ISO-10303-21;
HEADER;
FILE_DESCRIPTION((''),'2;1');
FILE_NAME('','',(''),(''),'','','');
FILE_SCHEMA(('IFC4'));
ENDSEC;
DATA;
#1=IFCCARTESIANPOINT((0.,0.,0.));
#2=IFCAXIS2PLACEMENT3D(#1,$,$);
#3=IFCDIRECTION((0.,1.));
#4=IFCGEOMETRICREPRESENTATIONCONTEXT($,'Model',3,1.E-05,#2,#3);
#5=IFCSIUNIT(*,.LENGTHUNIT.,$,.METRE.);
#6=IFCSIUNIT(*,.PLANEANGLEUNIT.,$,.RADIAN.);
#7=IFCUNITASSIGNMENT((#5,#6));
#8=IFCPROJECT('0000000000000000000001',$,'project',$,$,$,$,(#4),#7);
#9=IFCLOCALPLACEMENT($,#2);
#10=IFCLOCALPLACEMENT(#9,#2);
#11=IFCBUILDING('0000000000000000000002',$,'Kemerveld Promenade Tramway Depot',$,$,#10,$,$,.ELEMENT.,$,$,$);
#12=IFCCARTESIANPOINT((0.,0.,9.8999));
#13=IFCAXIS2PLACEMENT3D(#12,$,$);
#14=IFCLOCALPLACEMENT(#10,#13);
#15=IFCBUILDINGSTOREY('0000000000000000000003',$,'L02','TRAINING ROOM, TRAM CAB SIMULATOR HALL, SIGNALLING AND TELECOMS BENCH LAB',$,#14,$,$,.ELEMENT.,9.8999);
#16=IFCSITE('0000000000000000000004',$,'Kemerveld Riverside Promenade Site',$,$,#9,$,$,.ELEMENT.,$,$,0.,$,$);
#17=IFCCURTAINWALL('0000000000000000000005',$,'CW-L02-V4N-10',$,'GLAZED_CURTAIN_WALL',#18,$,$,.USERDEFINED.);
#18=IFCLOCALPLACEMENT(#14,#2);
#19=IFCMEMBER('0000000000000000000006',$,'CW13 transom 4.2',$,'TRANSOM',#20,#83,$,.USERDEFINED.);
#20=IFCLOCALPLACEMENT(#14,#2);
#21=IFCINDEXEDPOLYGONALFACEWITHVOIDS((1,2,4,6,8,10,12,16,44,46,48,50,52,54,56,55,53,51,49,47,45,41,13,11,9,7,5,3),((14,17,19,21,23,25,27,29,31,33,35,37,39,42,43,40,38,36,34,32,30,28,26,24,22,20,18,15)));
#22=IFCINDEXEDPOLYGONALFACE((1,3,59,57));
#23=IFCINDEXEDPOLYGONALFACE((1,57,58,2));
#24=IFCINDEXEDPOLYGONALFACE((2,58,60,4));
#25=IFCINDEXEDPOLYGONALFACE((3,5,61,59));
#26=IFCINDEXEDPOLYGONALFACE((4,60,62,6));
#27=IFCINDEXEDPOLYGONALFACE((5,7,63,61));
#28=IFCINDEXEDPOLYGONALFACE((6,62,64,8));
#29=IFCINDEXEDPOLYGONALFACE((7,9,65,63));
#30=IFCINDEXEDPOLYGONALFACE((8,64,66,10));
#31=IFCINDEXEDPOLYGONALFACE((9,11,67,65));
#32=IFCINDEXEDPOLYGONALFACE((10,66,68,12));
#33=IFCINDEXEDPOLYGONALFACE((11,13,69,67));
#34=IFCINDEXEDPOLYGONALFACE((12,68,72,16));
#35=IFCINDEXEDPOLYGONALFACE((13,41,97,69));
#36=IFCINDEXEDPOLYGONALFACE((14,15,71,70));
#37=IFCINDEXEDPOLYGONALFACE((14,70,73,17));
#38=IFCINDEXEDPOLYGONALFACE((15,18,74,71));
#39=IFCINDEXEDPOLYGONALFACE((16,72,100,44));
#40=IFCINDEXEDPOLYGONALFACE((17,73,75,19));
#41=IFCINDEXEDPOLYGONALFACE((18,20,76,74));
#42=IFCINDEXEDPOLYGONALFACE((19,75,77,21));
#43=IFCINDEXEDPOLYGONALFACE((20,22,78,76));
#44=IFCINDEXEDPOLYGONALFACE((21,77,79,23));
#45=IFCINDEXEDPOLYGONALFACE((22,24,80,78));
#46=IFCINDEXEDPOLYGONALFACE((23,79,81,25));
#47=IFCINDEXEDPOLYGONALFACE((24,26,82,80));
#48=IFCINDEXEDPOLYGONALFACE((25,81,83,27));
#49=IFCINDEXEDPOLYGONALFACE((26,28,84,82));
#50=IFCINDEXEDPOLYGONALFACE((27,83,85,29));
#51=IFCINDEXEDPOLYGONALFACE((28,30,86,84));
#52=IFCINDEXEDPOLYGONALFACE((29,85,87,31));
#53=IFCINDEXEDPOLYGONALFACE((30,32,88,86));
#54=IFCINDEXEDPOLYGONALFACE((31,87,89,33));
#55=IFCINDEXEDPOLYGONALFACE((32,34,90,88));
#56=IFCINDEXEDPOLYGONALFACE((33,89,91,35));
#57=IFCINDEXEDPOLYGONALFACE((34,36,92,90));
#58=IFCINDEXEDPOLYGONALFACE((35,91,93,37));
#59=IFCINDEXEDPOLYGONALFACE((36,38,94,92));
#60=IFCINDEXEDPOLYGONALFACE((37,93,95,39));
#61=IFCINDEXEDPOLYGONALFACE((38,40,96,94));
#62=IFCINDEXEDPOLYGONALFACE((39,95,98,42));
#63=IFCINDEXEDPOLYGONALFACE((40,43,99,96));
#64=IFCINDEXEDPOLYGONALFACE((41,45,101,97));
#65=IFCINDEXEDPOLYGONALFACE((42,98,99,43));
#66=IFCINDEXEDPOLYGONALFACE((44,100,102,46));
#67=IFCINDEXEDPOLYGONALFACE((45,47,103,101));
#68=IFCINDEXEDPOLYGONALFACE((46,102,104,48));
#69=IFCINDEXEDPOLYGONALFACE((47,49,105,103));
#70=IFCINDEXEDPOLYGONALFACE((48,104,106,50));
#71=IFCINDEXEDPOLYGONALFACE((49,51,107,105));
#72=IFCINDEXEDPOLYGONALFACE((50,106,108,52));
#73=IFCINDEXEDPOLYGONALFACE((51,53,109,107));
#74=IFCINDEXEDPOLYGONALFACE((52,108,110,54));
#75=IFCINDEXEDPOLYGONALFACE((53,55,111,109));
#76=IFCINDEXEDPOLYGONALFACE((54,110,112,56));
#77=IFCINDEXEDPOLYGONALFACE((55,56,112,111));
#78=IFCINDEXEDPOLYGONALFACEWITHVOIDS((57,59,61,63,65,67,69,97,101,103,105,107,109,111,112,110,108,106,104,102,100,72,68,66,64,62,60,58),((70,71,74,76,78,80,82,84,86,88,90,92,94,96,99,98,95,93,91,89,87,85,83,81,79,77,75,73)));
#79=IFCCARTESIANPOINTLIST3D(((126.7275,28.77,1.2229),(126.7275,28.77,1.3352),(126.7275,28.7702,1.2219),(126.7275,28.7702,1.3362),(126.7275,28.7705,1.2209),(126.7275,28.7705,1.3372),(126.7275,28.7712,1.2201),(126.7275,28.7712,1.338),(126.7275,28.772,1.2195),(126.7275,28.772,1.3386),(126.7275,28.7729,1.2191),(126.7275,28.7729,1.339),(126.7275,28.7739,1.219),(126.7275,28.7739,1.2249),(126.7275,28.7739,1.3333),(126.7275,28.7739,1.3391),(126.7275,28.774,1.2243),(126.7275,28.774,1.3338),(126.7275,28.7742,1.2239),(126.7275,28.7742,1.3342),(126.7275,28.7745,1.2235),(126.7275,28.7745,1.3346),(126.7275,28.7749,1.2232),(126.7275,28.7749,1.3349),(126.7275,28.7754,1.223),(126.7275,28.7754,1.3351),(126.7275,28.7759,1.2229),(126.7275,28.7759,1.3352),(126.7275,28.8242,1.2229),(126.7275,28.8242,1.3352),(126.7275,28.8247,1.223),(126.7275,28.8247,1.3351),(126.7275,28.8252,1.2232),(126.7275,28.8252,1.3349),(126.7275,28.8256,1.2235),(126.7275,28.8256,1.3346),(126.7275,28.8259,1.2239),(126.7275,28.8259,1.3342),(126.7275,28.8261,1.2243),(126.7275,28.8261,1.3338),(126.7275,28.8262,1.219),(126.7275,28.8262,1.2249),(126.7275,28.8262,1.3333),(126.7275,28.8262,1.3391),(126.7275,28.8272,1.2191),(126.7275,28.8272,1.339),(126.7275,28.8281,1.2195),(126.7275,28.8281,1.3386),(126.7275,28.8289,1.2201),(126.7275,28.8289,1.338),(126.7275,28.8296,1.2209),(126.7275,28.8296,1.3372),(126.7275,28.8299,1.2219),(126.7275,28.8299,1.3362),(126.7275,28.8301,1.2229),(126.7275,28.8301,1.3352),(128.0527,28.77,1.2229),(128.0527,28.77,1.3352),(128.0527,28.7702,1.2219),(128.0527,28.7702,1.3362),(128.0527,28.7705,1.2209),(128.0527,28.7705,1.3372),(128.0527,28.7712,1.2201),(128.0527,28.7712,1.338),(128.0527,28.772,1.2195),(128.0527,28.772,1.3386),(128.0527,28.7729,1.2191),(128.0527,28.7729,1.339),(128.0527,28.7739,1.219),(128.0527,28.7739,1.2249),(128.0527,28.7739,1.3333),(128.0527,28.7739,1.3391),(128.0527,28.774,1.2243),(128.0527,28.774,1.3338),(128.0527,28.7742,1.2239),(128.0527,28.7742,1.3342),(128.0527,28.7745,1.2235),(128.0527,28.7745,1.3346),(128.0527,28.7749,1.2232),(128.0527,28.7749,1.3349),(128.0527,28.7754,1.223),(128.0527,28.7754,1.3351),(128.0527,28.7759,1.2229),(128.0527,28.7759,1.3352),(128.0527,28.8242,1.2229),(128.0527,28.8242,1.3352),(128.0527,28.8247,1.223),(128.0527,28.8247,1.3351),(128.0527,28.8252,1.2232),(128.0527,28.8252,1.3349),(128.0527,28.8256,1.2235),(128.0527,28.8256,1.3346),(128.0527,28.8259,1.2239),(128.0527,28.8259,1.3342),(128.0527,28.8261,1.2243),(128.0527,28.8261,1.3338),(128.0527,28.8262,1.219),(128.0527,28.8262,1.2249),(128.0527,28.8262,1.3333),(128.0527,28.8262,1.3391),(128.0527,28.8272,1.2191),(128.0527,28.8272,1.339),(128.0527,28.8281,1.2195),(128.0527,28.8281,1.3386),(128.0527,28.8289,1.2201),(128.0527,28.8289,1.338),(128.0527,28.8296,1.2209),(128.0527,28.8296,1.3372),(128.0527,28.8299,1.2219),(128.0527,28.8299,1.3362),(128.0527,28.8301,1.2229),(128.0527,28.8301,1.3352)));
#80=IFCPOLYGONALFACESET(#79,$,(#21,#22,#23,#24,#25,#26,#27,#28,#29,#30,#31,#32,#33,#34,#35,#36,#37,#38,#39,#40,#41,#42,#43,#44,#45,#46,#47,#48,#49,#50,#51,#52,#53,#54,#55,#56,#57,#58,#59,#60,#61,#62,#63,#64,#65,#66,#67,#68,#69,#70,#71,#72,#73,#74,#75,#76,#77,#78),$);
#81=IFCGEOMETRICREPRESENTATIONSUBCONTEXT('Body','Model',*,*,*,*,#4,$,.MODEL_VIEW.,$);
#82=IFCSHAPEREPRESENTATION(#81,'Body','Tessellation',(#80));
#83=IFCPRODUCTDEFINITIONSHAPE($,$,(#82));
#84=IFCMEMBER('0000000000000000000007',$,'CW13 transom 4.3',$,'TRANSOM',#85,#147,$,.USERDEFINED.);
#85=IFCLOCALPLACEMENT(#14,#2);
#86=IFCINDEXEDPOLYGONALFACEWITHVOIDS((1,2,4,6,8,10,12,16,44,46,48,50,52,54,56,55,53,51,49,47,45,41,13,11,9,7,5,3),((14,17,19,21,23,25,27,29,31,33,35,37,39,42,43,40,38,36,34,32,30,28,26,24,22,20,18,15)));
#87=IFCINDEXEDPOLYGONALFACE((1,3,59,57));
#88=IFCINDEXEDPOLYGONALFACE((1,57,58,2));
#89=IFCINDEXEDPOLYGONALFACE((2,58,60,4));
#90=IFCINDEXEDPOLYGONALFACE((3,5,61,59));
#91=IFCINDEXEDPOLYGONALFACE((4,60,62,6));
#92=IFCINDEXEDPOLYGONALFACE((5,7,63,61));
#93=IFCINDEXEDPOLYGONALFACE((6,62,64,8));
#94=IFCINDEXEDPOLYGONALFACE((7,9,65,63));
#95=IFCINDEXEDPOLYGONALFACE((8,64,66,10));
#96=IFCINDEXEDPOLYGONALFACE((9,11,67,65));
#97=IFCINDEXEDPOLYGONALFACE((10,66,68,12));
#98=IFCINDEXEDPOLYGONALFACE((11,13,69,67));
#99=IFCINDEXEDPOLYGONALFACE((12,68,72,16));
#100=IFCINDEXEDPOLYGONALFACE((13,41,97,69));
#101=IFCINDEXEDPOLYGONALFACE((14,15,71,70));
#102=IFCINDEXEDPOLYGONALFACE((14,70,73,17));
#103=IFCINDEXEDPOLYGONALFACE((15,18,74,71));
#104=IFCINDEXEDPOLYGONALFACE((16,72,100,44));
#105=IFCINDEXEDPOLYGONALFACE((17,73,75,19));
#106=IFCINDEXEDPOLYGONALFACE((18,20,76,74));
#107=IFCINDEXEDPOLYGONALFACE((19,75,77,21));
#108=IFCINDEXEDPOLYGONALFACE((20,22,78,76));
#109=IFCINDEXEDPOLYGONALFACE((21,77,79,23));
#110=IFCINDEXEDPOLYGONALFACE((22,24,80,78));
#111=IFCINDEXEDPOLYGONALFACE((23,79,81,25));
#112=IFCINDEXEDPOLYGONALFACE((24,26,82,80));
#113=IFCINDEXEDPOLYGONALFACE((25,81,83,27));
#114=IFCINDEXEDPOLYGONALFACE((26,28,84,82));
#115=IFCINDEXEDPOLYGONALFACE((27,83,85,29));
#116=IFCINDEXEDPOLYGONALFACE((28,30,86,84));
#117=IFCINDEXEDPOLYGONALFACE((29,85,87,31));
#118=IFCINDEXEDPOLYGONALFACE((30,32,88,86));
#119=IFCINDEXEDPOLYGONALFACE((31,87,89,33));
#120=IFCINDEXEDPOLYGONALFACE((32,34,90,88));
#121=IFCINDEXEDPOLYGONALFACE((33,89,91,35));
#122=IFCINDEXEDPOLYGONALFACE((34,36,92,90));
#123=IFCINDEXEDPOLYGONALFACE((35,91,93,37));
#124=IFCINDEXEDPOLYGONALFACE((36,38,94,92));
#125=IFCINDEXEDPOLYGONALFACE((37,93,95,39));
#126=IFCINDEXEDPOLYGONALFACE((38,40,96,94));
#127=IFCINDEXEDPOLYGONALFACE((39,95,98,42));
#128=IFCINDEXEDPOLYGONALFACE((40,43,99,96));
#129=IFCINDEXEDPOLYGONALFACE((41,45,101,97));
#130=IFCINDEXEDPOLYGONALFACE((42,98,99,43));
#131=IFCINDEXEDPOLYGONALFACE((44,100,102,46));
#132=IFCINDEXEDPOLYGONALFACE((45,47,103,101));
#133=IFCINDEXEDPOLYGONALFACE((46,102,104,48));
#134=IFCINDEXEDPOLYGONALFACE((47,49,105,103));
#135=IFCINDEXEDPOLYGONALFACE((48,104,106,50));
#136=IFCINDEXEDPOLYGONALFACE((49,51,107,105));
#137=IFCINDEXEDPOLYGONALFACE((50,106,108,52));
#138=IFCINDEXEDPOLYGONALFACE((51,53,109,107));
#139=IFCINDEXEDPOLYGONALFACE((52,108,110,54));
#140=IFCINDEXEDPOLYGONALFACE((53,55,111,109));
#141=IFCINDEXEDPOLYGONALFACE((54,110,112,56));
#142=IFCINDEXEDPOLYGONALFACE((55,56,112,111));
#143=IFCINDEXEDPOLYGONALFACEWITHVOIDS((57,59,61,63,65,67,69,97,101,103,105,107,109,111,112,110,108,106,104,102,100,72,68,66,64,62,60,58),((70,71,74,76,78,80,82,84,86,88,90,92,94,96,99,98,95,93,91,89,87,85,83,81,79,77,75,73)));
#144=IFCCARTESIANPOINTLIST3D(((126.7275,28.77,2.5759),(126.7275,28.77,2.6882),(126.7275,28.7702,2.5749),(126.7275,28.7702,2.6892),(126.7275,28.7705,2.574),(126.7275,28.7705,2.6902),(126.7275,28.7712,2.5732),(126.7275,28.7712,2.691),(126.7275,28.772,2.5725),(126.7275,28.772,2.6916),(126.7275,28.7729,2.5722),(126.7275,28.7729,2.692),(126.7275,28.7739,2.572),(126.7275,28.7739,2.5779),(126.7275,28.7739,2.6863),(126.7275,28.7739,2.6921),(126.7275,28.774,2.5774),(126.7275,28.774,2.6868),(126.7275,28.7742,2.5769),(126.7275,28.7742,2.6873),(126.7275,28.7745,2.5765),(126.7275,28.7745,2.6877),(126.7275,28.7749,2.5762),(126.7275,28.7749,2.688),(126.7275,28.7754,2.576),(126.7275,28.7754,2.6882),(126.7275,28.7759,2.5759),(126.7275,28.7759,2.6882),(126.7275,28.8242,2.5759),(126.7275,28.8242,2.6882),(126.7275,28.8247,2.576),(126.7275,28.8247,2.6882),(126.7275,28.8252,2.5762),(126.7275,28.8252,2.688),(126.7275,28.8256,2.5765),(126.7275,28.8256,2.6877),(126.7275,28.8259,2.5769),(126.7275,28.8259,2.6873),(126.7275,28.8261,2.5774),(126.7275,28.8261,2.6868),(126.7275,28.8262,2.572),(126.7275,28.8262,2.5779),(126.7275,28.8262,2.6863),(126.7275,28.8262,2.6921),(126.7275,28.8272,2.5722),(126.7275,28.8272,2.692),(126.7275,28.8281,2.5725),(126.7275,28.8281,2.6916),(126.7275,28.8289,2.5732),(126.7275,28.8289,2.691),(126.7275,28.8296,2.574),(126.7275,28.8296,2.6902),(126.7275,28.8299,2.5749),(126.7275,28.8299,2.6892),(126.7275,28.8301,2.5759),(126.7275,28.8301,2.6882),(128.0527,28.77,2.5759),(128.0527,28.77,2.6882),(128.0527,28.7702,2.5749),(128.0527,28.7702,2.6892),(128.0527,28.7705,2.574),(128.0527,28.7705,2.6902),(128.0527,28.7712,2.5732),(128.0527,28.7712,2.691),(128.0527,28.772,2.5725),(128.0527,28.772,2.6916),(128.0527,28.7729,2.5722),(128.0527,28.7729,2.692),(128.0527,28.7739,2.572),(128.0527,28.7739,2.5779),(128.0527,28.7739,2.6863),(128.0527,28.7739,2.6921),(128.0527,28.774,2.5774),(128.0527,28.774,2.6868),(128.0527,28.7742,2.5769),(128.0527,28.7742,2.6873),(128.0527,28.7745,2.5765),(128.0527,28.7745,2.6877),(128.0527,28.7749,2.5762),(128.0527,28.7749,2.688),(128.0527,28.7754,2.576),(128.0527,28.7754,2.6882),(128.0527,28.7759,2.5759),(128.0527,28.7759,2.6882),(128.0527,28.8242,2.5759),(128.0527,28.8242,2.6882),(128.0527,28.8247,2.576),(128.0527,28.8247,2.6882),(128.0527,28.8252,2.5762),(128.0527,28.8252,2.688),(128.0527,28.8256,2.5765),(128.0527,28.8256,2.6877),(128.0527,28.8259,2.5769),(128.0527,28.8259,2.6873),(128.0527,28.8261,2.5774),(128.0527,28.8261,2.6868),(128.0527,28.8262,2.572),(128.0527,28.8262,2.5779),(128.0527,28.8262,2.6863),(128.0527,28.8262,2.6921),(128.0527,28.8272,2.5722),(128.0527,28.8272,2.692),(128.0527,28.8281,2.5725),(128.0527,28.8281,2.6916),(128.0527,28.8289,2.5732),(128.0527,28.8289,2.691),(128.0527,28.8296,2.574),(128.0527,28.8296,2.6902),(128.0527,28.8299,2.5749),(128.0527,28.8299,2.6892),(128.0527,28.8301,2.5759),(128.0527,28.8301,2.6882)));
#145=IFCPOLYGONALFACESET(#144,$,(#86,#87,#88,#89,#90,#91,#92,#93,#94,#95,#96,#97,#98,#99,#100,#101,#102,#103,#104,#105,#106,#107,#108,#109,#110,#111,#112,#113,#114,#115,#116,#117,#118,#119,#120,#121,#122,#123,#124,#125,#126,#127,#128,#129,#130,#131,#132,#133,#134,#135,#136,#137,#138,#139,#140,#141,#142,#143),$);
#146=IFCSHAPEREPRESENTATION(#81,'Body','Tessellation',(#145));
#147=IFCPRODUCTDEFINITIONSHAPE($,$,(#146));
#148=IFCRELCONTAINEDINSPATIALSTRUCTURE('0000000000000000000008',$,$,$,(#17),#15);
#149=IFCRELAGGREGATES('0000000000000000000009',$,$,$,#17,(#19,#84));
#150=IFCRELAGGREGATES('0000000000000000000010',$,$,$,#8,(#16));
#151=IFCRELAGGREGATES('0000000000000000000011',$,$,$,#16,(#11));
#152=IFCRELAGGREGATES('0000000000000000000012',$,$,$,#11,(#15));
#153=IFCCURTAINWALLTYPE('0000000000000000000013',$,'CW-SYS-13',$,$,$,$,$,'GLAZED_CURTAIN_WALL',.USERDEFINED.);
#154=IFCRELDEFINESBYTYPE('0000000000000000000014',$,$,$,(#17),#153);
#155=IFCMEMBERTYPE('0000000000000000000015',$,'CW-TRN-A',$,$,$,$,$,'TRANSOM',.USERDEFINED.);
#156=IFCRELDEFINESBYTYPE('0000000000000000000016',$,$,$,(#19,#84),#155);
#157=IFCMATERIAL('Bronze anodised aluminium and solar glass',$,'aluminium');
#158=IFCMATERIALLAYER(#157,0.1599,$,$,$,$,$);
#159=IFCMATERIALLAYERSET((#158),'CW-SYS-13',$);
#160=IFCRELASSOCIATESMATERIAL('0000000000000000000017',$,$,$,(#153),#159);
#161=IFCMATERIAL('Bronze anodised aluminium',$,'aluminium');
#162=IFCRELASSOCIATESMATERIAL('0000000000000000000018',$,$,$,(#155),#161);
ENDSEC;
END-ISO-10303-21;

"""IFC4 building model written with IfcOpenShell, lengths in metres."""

from ifc_helpers import new_model, si_unit, direction, frame, origin, origin_2d, place, context, subcontext, project, spatial, hollow_rectangle, extrude, material, layer, layer_set, material_profile, profile_set, type_object, element, aggregate, save


model = new_model("IFC4")

# Units and contexts
model_context = context("Model", 3, precision=1e-05, world=origin(), true_north=direction((0.0, 1.0)))
body_context = subcontext(model_context, "Body", "Model", "MODEL_VIEW")
ifc_project = project(units=[si_unit("LENGTHUNIT", "METRE"), si_unit("PLANEANGLEUNIT", "RADIAN")], contexts=[model_context])

# Site, building, storey
site_placement = place(None, origin())
site = spatial("IfcSite", under=ifc_project, at=site_placement, Name="Kemerveld Riverside Promenade Site", CompositionType="ELEMENT", RefElevation=0.0)
building_placement = place(site_placement, origin())
building = spatial("IfcBuilding", under=site, at=building_placement, Name="Kemerveld Promenade Tramway Depot", CompositionType="ELEMENT")
storey_placement = place(building_placement, frame((0.0, 0.0, 9.8999)))
storey = spatial("IfcBuildingStorey", under=building, at=storey_placement, Name="L02", Description="TRAINING ROOM, TRAM CAB SIMULATOR HALL, SIGNALLING AND TELECOMS BENCH LAB", CompositionType="ELEMENT", Elevation=9.8999)

# Curtain wall, members
ifc_material_1 = material(Name="Bronze anodised aluminium and solar glass", Category="aluminium")
ifc_layer_1 = layer(ifc_material_1, 0.1599)
ifc_layer_set_1 = layer_set([ifc_layer_1], Name="CW-SYS-13")
curtain_wall_type = type_object("IfcCurtainWallType", Name="CW-SYS-13", ElementType="GLAZED_CURTAIN_WALL", PredefinedType="USERDEFINED", material=ifc_layer_set_1)
curtain_wall_placement = place(storey_placement, origin())
curtain_wall = element("IfcCurtainWall", 1, at=curtain_wall_placement, inside=storey, type_object=curtain_wall_type, Name="CW-L02-V4N-10", ObjectType="GLAZED_CURTAIN_WALL", PredefinedType="USERDEFINED")
ifc_material_2 = material(Name="Bronze anodised aluminium", Category="aluminium")
ifc_material_profile_1 = material_profile(ifc_material_2, hollow_rectangle(XDim=0.0601, YDim=0.1201, WallThickness=0.0039, InnerFilletRadius=0.002, OuterFilletRadius=0.0039, at=origin_2d()), Name="CW-TRN-120x60")
ifc_profile_set_1 = profile_set([ifc_material_profile_1], Name="Bronze anodised aluminium")
member_type_1 = type_object("IfcMemberType", Name="CW-TRN-A", ElementType="TRANSOM", PredefinedType="USERDEFINED", material=ifc_profile_set_1)
member_1_placement = place(storey_placement, frame((126.7275, 28.8, 1.2791), z_axis=(1.0, 0.0, 0.0), x_axis=(0.0, 1.0, 0.0)))
member_1 = element("IfcMember", 2, at=member_1_placement, type_object=member_type_1, Name="CW13 transom 4.2", ObjectType="TRANSOM", PredefinedType="USERDEFINED", context=body_context, shape_type="SweptSolid", body=[
    extrude(hollow_rectangle(XDim=0.0601, YDim=0.1201, WallThickness=0.0039, InnerFilletRadius=0.002, OuterFilletRadius=0.0039, at=origin_2d()), origin(), (0.0, 0.0, 1.0), 1.3252),
])
member_2_placement = place(storey_placement, frame((126.7275, 28.8, 2.6321), z_axis=(1.0, 0.0, 0.0), x_axis=(0.0, 1.0, 0.0)))
member_2 = element("IfcMember", 3, at=member_2_placement, type_object=member_type_1, Name="CW13 transom 4.3", ObjectType="TRANSOM", PredefinedType="USERDEFINED", context=body_context, shape_type="SweptSolid", body=[
    extrude(hollow_rectangle(XDim=0.0601, YDim=0.1201, WallThickness=0.0039, InnerFilletRadius=0.002, OuterFilletRadius=0.0039, at=origin_2d()), origin(), (0.0, 0.0, 1.0), 1.3252),
])
aggregate(curtain_wall, [member_1, member_2])

save(model, "model.ifc")
